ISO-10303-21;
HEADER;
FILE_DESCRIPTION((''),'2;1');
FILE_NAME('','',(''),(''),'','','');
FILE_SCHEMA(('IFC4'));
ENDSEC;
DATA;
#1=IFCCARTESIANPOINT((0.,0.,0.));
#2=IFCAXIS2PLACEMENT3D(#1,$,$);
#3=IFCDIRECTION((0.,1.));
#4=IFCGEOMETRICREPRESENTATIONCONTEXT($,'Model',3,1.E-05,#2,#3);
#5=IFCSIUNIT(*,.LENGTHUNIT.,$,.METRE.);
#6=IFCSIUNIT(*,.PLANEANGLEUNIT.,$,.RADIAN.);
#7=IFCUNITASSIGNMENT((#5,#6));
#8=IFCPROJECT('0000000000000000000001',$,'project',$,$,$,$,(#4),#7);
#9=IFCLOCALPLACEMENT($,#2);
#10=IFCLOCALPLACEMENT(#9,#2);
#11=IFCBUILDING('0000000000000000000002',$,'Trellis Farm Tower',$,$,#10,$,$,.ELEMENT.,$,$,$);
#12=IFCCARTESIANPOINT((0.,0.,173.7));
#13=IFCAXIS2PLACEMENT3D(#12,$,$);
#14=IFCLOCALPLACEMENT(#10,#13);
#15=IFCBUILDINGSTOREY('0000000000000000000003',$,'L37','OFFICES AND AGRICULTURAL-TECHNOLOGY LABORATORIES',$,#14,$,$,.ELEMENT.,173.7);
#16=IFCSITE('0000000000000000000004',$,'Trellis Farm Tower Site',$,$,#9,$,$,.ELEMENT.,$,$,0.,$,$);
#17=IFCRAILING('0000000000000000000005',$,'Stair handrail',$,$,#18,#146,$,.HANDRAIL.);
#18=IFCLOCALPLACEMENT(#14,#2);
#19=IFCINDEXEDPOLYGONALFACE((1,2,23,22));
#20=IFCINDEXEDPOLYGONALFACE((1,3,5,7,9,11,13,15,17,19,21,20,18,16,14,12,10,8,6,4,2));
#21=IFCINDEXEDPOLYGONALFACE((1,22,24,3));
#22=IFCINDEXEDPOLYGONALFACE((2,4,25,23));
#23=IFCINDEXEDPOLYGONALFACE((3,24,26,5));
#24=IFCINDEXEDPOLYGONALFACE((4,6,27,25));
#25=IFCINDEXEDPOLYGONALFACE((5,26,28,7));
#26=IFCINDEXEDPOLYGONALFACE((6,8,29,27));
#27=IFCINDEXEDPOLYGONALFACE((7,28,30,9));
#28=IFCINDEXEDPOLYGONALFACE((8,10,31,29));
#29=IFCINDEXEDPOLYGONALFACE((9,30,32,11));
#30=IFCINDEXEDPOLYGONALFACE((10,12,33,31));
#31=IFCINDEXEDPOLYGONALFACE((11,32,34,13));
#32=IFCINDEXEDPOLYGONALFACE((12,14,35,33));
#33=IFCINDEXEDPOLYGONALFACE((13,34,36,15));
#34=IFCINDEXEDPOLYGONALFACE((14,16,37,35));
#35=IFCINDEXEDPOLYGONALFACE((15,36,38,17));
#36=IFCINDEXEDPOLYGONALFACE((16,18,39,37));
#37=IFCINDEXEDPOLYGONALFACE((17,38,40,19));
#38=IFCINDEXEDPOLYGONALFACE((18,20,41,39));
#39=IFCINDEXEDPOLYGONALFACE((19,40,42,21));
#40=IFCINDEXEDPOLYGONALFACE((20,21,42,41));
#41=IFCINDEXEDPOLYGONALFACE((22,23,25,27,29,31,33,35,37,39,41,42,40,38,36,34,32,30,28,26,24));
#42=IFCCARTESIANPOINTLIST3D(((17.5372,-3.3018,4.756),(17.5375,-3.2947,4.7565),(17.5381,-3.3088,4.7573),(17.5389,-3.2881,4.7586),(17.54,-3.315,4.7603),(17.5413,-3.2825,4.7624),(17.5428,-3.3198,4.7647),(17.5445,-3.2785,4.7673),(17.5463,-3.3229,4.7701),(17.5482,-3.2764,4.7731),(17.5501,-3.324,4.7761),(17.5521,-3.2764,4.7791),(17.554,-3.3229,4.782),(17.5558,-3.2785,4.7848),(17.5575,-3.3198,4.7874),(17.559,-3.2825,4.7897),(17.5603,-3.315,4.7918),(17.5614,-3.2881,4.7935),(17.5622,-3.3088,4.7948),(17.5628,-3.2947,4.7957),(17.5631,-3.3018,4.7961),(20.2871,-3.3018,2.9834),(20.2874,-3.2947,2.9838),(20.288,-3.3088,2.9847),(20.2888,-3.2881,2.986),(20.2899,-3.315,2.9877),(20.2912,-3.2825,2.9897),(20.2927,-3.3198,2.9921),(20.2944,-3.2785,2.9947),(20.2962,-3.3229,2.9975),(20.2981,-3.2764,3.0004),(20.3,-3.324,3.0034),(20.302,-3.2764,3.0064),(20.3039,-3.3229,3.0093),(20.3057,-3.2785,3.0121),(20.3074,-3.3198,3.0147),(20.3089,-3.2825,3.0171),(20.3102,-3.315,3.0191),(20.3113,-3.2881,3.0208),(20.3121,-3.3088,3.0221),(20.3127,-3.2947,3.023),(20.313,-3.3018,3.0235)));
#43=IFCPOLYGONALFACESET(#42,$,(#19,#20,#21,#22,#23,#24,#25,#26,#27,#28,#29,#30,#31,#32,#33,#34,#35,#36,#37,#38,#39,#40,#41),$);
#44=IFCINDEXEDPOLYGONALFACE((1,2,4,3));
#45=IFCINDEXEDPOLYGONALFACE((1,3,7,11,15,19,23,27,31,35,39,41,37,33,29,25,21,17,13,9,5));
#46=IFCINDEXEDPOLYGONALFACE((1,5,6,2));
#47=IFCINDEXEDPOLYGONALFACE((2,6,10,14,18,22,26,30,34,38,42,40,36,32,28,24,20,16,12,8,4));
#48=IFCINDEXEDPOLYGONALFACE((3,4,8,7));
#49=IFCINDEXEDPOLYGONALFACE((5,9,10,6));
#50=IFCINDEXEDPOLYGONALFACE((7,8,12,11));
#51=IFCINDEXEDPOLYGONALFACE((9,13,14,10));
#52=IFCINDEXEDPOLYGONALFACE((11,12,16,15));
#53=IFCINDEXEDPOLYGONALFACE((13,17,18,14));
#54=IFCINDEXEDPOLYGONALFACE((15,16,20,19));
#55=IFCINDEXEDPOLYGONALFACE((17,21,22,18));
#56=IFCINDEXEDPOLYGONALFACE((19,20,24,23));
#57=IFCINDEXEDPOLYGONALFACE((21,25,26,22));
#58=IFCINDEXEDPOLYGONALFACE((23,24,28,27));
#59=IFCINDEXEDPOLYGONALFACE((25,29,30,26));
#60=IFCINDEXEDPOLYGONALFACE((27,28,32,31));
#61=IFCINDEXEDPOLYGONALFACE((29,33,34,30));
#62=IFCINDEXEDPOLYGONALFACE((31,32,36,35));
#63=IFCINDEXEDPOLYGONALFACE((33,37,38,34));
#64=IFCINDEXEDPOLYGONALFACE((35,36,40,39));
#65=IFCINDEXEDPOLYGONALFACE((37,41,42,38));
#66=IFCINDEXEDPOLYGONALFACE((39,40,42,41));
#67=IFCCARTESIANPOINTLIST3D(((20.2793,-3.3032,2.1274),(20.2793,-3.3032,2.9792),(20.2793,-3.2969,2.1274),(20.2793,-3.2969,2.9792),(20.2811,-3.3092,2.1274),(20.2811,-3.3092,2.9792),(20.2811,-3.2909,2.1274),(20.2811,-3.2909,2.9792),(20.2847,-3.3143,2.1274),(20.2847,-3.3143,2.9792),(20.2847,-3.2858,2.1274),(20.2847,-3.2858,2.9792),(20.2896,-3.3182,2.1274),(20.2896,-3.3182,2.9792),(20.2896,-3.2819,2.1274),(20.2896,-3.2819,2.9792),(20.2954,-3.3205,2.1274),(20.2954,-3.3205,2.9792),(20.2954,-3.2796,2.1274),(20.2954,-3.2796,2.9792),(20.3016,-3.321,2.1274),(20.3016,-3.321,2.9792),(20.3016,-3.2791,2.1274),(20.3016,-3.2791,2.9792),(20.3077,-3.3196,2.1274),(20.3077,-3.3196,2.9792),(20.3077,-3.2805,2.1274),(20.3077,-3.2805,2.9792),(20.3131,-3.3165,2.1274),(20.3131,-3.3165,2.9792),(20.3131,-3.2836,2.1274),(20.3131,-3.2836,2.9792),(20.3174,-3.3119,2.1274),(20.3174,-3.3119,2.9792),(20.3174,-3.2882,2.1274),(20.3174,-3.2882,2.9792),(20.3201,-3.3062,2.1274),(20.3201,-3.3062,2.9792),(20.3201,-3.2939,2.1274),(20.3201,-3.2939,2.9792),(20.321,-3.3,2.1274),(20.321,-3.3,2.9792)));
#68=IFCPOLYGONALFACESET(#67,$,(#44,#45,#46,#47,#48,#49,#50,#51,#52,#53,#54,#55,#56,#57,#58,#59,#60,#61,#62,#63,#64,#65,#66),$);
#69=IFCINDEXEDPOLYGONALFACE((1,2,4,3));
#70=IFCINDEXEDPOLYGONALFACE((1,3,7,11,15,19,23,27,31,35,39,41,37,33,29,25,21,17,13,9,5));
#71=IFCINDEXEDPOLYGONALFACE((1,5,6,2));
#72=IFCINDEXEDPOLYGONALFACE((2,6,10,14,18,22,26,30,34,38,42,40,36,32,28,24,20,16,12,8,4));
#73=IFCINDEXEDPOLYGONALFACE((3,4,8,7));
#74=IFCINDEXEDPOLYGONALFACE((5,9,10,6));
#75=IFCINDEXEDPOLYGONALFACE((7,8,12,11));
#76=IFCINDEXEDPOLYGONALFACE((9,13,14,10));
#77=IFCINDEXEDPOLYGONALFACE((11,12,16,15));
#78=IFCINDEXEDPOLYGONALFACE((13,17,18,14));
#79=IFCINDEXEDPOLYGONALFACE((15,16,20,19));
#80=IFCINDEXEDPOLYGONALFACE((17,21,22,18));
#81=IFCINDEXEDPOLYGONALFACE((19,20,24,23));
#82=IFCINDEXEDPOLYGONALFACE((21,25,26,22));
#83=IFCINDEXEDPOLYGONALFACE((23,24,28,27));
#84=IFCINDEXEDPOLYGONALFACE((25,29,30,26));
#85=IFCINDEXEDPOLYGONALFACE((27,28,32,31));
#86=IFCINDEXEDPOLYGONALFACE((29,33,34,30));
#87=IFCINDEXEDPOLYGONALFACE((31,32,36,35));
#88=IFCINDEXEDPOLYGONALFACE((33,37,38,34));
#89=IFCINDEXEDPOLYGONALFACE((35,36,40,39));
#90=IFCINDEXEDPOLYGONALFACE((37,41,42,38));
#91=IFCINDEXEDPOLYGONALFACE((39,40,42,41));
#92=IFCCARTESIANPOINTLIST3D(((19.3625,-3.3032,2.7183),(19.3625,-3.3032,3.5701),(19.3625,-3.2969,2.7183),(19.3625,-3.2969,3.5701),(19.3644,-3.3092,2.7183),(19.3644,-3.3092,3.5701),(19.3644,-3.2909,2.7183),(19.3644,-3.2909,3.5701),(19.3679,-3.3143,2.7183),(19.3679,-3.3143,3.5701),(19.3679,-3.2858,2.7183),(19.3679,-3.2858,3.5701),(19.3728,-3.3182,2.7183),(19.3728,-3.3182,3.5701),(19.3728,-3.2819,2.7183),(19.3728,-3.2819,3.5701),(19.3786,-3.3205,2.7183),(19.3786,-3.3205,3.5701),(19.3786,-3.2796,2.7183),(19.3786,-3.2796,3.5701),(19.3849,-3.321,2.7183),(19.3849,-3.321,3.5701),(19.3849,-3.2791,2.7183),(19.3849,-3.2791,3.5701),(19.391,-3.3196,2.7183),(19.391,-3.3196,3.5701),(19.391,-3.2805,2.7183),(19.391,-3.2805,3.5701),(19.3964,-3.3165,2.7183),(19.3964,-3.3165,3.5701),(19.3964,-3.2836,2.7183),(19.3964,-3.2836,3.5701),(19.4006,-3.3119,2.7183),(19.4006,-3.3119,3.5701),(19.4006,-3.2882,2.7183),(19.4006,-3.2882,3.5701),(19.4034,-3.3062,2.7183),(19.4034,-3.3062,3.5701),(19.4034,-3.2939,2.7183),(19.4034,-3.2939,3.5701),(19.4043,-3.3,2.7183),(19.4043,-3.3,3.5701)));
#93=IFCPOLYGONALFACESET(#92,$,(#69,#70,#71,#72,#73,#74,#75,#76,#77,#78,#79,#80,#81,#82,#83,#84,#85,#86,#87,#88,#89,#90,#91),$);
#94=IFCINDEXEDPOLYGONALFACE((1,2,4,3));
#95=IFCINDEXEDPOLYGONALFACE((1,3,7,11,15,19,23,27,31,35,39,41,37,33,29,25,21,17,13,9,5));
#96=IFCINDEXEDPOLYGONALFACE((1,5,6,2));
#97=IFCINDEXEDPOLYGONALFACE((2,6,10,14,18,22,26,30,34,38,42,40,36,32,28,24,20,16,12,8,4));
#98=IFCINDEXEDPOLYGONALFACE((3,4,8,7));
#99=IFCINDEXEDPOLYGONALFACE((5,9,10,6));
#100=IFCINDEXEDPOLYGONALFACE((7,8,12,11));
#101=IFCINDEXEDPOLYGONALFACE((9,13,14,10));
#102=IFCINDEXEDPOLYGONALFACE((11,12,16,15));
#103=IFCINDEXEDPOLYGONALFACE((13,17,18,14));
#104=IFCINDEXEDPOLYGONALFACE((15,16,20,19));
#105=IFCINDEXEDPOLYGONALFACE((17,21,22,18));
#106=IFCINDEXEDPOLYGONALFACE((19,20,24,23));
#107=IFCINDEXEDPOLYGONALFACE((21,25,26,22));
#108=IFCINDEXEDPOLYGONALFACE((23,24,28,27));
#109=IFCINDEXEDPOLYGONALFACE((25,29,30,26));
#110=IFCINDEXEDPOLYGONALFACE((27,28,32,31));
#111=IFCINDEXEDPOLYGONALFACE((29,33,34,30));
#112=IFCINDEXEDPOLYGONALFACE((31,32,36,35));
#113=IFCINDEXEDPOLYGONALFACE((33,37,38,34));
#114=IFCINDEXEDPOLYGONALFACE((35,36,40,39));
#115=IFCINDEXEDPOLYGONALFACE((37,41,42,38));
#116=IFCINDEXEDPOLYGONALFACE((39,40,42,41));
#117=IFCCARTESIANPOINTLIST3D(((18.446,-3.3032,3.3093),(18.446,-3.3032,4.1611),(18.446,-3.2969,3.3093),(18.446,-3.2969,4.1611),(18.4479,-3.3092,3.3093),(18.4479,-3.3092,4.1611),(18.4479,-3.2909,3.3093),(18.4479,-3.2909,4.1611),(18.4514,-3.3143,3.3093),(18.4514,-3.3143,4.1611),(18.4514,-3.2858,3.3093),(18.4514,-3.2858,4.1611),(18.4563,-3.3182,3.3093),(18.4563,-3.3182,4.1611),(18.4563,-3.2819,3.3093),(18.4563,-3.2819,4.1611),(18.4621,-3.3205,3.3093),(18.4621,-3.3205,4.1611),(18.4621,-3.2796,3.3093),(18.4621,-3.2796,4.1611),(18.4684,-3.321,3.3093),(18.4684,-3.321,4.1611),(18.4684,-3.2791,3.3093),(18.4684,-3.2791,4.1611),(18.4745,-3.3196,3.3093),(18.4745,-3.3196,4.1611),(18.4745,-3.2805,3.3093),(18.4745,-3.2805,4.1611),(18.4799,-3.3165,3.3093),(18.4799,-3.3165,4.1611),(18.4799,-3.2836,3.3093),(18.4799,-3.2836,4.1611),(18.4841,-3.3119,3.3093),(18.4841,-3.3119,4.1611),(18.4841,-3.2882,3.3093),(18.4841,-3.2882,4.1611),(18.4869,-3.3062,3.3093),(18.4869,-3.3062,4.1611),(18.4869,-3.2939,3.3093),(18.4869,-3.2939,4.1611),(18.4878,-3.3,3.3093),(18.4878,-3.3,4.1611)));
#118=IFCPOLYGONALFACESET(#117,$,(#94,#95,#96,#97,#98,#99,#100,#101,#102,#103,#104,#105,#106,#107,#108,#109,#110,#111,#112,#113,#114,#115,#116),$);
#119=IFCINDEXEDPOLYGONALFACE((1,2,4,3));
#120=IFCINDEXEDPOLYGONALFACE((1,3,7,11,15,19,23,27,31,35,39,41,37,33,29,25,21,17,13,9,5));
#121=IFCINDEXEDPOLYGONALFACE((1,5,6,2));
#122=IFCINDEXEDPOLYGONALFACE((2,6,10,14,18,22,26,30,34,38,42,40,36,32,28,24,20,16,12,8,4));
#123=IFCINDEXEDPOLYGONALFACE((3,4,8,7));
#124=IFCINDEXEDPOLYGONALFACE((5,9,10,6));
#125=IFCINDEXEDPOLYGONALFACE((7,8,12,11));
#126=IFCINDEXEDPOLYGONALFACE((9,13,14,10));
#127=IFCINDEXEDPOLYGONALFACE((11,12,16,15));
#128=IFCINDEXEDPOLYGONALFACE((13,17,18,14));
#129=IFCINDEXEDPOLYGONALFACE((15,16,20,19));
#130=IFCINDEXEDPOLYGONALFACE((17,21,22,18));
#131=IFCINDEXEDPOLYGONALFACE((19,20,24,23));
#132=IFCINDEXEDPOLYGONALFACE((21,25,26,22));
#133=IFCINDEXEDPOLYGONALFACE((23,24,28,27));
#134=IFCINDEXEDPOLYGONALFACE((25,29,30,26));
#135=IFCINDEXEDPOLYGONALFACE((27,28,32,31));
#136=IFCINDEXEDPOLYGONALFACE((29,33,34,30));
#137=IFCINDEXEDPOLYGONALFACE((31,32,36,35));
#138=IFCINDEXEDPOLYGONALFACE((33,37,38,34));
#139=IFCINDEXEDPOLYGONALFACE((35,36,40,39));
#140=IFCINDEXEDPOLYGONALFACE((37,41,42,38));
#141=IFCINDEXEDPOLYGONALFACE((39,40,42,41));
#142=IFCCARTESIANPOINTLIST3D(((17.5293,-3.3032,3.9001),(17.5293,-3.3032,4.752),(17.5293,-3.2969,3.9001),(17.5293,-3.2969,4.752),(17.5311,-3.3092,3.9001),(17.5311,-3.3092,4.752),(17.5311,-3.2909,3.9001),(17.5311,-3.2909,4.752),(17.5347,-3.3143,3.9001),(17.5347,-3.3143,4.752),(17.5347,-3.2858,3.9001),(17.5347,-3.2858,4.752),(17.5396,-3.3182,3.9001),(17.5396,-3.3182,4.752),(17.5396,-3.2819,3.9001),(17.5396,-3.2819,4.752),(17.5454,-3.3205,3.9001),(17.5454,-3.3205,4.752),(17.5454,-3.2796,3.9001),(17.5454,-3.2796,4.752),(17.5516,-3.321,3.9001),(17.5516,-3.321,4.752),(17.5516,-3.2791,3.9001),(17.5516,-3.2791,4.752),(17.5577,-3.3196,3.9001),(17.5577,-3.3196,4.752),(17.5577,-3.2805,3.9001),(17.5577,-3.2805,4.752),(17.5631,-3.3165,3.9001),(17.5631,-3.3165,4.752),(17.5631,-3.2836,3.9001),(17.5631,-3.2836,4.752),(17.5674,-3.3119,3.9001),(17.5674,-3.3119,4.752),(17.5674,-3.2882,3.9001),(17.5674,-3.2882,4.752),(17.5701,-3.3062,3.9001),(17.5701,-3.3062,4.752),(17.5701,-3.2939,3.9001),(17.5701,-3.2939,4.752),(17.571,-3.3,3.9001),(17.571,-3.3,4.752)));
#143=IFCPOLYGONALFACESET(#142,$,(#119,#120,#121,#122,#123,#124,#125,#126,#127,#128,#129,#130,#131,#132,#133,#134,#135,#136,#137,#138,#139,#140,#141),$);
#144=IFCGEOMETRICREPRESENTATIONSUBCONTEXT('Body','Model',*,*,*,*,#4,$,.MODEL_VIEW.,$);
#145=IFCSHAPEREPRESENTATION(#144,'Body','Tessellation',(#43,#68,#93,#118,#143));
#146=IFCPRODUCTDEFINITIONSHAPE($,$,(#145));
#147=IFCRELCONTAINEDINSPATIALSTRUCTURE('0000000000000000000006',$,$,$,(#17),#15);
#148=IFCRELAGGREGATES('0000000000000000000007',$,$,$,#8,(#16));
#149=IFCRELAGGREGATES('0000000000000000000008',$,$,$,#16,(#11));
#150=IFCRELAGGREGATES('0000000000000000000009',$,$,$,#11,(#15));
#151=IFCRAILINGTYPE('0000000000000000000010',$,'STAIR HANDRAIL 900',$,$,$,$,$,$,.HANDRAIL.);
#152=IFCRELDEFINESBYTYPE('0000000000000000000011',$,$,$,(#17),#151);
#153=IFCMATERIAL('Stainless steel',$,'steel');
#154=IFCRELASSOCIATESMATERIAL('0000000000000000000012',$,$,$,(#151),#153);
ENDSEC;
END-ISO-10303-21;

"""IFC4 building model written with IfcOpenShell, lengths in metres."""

from ifc_helpers import new_model, si_unit, direction, frame, origin, origin_2d, place, context, subcontext, project, spatial, circle, extrude, source, transform, mapped, material, type_object, element, save


model = new_model("IFC4")

# Units and contexts
model_context = context("Model", 3, precision=1e-05, world=origin(), true_north=direction((0.0, 1.0)))
body_context = subcontext(model_context, "Body", "Model", "MODEL_VIEW")
ifc_project = project(units=[si_unit("LENGTHUNIT", "METRE"), si_unit("PLANEANGLEUNIT", "RADIAN")], contexts=[model_context])

# Site, building, storey
site_placement = place(None, origin())
site = spatial("IfcSite", under=ifc_project, at=site_placement, Name="Trellis Farm Tower Site", CompositionType="ELEMENT", RefElevation=0.0)
building_placement = place(site_placement, origin())
building = spatial("IfcBuilding", under=site, at=building_placement, Name="Trellis Farm Tower", CompositionType="ELEMENT")
storey_placement = place(building_placement, frame((0.0, 0.0, 173.7)))
storey = spatial("IfcBuildingStorey", under=building, at=storey_placement, Name="L37", Description="OFFICES AND AGRICULTURAL-TECHNOLOGY LABORATORIES", CompositionType="ELEMENT", Elevation=173.7)

# Railing
ifc_material_1 = material(Name="Stainless steel", Category="steel")
railing_type = type_object("IfcRailingType", Name="STAIR HANDRAIL 900", PredefinedType="HANDRAIL", material=ifc_material_1)
shared_shape_1 = source(origin(), body_context, "Body", "SweptSolid", [
    extrude(circle(Radius=0.0239, at=origin_2d()), frame((0.0, 0.0, 0.876), z_axis=(-0.840504, 0.0, 0.541806), x_axis=(0.0, -1.0, 0.0)), (0.0, 0.0, 1.0), 3.2717),
    extrude(circle(Radius=0.021, at=origin_2d()), origin(), (0.0, 0.0, 1.0), 0.8518),
    extrude(circle(Radius=0.021, at=origin_2d()), frame((-0.9167, 0.0, 0.5908)), (0.0, 0.0, 1.0), 0.8518),
    extrude(circle(Radius=0.021, at=origin_2d()), frame((-1.8333, 0.0, 1.1819)), (0.0, 0.0, 1.0), 0.8518),
    extrude(circle(Radius=0.021, at=origin_2d()), frame((-2.75, 0.0, 1.7727)), (0.0, 0.0, 1.0), 0.8518),
])
for number, where, name in (
    (1, (20.3, -3.3, 2.1274), "Stair handrail"),
):
    element("IfcRailing", number, at=place(storey_placement, frame(where)), inside=storey, type_object=railing_type, Name=name, PredefinedType="HANDRAIL", context=body_context, shape_type="MappedRepresentation", body=[
        mapped(shared_shape_1, transform((0.0, 0.0, 0.0))),
    ])

save(model, "model.ifc")
